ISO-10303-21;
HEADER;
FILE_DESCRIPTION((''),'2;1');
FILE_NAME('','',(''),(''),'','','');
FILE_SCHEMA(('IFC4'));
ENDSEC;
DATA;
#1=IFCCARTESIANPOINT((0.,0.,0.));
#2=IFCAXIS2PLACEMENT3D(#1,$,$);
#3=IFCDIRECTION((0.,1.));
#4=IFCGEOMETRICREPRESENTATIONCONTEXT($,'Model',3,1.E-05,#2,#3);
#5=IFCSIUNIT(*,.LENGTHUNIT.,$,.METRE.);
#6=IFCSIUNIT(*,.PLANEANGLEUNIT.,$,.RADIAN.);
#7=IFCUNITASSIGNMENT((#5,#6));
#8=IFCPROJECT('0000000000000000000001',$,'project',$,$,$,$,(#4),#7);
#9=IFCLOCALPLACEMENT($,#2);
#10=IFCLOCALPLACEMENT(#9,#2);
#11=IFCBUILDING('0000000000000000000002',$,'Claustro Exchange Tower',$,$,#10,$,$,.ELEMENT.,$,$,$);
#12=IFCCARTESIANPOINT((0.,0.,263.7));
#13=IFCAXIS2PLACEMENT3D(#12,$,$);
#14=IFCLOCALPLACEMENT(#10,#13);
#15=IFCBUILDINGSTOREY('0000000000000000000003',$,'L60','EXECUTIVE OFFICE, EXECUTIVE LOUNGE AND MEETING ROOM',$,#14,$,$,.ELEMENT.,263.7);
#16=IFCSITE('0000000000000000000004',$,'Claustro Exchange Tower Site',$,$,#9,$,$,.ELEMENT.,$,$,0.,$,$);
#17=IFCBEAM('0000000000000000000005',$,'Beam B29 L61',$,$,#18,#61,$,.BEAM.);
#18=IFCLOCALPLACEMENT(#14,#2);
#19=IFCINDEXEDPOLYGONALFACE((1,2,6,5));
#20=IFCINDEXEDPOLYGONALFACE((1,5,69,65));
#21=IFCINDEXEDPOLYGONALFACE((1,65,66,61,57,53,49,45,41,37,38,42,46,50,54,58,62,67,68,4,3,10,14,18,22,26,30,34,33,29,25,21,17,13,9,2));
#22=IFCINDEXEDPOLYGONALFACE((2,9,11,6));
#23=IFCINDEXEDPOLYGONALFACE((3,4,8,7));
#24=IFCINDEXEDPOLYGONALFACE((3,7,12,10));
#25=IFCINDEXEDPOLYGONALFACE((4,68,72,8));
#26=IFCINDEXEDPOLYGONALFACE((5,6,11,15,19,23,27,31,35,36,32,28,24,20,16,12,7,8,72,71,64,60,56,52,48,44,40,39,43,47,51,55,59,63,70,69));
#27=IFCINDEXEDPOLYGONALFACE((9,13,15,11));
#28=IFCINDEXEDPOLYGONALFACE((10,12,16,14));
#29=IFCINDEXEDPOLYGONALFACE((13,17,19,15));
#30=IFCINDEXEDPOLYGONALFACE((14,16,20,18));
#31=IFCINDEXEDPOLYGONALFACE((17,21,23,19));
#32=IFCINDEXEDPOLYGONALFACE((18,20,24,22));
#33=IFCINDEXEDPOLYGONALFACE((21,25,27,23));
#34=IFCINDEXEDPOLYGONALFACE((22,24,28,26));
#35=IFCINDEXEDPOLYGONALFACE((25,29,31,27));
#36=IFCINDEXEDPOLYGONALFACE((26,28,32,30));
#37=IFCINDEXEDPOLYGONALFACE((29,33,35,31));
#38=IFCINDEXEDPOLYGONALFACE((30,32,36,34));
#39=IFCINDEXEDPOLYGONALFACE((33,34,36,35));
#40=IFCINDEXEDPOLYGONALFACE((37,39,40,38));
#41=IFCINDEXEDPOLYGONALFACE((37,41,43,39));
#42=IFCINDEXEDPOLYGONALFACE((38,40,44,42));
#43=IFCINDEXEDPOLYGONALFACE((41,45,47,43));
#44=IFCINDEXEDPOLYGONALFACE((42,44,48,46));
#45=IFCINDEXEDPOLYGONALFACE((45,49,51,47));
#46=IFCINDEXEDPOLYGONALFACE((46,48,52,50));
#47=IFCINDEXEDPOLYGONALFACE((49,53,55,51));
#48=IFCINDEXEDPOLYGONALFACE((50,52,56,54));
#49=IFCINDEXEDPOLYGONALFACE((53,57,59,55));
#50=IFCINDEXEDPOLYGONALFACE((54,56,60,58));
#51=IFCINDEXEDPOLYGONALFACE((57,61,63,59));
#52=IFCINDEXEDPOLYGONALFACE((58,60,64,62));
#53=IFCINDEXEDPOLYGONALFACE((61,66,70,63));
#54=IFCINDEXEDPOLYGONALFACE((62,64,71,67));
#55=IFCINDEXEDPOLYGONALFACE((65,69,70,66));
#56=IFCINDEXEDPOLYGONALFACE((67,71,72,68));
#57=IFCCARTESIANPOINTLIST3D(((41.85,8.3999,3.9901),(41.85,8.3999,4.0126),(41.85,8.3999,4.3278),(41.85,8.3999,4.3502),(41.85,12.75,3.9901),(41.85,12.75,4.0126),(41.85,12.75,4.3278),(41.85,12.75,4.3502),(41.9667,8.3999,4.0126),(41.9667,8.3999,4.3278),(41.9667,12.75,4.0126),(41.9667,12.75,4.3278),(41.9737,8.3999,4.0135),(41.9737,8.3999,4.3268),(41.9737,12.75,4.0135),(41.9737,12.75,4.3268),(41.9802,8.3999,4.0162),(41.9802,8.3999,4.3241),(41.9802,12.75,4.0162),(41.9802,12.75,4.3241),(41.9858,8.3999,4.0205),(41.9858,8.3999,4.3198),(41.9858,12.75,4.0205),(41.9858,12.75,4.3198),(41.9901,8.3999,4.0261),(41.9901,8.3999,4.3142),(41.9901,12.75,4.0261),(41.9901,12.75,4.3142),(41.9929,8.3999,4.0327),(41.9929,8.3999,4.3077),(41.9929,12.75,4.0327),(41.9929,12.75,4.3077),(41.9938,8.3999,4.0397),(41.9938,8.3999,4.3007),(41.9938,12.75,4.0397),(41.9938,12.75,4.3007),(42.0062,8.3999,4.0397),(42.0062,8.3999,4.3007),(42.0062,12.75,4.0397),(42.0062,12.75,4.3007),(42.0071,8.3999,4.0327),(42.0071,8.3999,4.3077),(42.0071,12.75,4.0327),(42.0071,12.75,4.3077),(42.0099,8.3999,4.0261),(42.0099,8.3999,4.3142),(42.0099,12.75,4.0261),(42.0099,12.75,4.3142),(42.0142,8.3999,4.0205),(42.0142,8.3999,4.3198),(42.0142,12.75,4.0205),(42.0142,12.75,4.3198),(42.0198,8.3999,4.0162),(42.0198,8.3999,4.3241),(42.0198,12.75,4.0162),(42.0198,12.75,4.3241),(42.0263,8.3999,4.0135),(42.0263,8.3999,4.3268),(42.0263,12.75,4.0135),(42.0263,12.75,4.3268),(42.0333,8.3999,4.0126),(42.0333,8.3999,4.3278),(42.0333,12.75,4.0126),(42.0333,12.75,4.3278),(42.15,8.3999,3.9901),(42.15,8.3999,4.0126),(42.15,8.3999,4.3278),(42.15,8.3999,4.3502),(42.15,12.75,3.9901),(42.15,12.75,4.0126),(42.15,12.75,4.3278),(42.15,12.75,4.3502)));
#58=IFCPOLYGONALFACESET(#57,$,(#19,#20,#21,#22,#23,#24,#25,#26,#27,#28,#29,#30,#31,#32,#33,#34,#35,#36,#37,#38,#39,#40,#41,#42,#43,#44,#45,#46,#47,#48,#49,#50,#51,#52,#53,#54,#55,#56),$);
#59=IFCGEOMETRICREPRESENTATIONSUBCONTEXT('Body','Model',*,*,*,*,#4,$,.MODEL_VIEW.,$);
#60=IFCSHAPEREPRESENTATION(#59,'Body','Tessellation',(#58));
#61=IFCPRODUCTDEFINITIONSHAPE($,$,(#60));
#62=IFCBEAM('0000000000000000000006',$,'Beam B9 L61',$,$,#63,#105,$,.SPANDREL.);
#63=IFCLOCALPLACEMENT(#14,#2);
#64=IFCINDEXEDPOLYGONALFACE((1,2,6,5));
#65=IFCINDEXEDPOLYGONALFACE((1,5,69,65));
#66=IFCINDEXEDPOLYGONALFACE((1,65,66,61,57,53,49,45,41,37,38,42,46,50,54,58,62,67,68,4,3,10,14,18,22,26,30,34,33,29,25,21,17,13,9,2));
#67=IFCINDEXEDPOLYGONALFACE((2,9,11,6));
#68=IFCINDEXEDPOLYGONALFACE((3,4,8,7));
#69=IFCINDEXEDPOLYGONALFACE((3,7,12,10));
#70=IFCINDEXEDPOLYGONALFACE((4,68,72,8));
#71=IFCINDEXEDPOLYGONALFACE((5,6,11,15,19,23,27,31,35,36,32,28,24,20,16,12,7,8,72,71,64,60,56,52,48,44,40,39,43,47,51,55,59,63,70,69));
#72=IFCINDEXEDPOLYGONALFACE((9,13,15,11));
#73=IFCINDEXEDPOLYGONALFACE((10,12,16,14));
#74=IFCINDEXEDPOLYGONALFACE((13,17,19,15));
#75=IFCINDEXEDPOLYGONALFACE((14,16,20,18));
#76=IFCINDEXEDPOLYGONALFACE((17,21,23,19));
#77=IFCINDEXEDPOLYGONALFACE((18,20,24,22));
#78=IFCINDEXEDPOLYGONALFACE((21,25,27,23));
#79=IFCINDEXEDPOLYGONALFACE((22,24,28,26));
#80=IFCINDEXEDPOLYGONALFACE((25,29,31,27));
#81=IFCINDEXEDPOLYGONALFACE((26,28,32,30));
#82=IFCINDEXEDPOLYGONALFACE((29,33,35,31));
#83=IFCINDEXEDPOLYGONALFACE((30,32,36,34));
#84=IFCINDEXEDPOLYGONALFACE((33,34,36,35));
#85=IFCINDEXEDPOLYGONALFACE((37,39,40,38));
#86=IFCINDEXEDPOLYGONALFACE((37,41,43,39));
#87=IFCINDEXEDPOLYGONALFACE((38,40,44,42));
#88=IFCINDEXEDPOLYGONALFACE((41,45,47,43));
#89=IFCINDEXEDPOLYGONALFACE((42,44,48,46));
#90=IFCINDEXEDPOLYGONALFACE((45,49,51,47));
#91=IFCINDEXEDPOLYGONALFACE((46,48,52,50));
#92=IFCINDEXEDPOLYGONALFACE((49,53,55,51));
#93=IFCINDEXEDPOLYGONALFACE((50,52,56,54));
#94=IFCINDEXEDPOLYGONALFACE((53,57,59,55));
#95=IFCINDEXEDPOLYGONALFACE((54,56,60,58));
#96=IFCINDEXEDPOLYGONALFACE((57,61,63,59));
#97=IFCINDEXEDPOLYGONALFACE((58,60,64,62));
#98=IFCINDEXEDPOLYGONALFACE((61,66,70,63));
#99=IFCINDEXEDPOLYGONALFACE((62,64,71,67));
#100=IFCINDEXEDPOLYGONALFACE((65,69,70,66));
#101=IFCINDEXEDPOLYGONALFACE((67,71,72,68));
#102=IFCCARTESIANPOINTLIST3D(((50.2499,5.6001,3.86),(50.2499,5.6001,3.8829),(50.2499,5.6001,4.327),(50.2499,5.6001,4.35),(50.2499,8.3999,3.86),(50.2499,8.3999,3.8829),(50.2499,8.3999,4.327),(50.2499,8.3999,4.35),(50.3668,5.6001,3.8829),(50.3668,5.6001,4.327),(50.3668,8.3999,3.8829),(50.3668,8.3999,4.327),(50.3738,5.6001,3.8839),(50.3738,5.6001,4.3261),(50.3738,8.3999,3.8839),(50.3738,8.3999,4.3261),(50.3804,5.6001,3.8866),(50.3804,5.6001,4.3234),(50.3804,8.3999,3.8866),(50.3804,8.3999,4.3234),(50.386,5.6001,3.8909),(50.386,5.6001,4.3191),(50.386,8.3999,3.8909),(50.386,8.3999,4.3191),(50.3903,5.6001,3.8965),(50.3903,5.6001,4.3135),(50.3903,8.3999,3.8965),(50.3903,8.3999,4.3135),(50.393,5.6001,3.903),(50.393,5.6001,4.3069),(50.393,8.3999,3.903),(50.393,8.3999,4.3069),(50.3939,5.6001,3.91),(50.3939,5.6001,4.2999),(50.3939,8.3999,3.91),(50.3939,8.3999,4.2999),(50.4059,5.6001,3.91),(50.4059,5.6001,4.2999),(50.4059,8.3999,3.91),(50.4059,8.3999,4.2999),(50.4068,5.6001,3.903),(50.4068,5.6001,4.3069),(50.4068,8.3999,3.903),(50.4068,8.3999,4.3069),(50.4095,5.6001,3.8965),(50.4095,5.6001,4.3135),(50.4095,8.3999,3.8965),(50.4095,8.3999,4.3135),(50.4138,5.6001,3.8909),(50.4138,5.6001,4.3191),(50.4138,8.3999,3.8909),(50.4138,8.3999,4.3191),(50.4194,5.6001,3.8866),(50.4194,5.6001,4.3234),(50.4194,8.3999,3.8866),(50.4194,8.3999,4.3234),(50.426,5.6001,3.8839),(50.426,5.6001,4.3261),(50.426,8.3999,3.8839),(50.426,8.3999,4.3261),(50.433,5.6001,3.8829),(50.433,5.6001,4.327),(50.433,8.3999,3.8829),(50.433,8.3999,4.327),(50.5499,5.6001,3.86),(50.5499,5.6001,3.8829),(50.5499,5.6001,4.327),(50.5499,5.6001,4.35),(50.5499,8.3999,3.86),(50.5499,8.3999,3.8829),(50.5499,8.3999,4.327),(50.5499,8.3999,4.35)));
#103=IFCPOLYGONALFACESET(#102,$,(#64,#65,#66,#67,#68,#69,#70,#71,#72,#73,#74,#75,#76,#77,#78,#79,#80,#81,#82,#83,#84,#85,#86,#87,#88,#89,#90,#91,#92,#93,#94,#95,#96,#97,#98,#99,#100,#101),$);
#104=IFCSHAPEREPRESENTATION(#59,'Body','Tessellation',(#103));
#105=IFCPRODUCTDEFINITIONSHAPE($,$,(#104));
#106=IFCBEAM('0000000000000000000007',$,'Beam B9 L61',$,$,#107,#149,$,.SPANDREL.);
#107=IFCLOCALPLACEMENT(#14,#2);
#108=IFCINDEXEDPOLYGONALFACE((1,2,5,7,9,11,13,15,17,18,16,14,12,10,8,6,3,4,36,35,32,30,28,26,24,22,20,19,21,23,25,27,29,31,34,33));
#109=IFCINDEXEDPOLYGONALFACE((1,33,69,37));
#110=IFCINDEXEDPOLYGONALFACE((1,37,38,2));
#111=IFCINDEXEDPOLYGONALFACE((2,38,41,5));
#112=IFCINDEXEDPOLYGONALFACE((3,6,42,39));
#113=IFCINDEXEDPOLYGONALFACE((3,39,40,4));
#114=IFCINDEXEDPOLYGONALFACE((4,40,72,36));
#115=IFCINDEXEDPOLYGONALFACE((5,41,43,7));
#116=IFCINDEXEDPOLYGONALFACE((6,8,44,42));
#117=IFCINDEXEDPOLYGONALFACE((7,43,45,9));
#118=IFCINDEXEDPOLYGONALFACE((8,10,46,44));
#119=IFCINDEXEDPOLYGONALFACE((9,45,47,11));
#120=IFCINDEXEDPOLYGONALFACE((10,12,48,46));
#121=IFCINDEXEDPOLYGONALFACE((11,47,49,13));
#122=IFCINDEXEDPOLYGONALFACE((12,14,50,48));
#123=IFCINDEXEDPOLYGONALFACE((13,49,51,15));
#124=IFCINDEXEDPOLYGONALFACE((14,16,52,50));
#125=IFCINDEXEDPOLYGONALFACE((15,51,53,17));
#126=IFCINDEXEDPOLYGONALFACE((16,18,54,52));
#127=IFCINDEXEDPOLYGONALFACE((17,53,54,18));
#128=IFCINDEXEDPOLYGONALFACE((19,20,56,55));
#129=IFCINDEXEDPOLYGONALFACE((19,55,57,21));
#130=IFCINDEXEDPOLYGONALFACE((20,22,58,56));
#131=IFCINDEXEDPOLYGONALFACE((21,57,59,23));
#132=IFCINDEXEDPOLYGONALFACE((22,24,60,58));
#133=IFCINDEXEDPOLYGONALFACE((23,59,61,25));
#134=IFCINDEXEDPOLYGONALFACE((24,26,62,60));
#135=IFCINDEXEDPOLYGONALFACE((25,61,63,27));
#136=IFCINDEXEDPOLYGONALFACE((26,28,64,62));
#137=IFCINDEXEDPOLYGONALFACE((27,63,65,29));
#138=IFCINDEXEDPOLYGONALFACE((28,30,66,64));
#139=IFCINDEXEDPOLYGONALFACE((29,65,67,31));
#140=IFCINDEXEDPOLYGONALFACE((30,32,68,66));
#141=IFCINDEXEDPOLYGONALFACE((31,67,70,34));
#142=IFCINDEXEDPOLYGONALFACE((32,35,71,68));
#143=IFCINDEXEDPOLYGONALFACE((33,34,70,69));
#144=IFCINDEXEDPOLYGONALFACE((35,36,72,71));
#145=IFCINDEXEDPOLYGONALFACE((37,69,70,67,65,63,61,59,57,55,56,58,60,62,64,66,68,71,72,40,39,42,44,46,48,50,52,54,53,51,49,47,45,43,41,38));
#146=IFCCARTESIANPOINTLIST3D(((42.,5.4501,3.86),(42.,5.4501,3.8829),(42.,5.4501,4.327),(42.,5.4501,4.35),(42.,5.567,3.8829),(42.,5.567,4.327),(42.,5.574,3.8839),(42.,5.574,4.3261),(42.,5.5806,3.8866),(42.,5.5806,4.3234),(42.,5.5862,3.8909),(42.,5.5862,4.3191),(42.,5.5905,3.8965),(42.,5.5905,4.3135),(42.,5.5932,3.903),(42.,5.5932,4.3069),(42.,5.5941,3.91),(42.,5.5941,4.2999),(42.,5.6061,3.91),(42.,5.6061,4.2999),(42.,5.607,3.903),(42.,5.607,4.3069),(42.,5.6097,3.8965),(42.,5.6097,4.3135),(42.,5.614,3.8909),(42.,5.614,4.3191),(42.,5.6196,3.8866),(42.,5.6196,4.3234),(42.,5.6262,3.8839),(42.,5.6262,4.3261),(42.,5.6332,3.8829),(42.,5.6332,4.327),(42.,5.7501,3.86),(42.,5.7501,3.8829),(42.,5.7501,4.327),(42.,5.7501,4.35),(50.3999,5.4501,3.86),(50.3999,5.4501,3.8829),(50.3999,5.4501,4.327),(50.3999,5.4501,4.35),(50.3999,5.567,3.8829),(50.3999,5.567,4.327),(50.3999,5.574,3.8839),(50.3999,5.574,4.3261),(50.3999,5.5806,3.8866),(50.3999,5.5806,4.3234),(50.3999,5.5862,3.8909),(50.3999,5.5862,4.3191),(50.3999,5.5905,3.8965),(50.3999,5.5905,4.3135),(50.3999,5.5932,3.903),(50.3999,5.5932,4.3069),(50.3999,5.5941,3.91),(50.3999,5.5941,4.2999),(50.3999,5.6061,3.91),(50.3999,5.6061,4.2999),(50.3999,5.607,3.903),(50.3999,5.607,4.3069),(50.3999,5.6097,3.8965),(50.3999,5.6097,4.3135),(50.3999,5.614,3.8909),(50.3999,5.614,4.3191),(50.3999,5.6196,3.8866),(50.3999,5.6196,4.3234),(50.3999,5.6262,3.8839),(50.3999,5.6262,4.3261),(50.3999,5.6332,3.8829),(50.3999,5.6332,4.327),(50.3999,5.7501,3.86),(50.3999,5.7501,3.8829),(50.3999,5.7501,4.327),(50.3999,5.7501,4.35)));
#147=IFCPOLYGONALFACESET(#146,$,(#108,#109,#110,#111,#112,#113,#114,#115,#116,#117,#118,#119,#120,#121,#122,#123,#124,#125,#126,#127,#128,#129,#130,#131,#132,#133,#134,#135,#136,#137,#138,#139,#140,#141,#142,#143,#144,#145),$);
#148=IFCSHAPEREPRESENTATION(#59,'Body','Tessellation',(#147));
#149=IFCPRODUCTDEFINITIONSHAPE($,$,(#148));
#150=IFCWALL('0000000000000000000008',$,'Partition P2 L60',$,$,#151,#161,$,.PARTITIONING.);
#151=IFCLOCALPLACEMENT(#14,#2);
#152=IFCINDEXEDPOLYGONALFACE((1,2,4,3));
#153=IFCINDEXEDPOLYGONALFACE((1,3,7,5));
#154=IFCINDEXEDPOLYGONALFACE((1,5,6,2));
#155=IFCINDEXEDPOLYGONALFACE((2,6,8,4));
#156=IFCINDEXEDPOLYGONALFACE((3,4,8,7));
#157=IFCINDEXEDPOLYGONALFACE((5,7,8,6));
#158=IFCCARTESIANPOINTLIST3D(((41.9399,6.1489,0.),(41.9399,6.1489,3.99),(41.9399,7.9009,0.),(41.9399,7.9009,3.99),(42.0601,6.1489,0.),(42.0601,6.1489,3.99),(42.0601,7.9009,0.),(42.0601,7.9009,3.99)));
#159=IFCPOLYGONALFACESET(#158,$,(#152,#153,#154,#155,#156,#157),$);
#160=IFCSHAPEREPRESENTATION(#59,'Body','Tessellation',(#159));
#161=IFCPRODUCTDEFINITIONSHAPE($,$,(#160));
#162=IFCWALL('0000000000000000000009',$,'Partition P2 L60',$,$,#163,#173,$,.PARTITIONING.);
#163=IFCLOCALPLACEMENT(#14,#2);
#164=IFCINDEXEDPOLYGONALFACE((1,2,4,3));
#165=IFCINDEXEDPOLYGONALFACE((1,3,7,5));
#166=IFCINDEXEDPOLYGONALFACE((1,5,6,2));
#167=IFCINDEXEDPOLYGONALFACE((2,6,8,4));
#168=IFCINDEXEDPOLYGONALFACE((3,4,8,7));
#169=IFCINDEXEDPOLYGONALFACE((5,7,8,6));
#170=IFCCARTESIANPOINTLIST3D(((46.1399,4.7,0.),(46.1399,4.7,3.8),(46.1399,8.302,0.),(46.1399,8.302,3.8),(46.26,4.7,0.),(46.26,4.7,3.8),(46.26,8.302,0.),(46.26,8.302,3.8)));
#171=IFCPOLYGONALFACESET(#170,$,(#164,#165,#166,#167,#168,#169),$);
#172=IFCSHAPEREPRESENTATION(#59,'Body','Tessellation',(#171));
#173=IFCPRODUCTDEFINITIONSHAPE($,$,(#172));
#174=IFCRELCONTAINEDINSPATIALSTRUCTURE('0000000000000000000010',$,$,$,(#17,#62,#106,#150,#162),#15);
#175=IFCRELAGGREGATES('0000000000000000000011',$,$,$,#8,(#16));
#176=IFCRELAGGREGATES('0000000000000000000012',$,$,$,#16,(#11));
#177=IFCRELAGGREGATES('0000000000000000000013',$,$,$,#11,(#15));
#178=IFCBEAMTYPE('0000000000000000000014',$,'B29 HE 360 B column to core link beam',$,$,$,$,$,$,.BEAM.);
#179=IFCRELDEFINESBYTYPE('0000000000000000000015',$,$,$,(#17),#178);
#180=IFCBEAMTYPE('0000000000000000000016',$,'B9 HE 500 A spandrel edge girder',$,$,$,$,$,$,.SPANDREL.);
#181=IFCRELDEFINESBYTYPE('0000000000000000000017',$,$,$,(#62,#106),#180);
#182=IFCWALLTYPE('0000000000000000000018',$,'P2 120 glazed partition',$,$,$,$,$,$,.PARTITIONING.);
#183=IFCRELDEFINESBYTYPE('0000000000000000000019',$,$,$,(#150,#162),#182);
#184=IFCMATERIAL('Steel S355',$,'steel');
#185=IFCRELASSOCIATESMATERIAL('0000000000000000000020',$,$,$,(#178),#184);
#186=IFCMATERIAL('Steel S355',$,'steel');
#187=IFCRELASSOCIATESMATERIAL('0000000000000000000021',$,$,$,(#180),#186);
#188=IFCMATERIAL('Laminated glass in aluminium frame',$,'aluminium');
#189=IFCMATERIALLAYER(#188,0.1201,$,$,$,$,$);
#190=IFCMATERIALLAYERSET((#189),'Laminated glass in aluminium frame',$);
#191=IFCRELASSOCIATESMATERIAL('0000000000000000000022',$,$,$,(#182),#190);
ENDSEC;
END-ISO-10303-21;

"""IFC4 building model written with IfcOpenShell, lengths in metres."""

from ifc_helpers import new_model, si_unit, direction, frame, frame_2d, origin, origin_2d, place, context, subcontext, project, spatial, rectangle, i_section, extrude, material, layer, layer_set, material_profile, profile_set, type_object, element, save


model = new_model("IFC4")

# Units and contexts
model_context = context("Model", 3, precision=1e-05, world=origin(), true_north=direction((0.0, 1.0)))
body_context = subcontext(model_context, "Body", "Model", "MODEL_VIEW")
ifc_project = project(units=[si_unit("LENGTHUNIT", "METRE"), si_unit("PLANEANGLEUNIT", "RADIAN")], contexts=[model_context])

# Site, building, storey
site_placement = place(None, origin())
site = spatial("IfcSite", under=ifc_project, at=site_placement, Name="Claustro Exchange Tower Site", CompositionType="ELEMENT", RefElevation=0.0)
building_placement = place(site_placement, origin())
building = spatial("IfcBuilding", under=site, at=building_placement, Name="Claustro Exchange Tower", CompositionType="ELEMENT")
storey_placement = place(building_placement, frame((0.0, 0.0, 263.7)))
storey = spatial("IfcBuildingStorey", under=building, at=storey_placement, Name="L60", Description="EXECUTIVE OFFICE, EXECUTIVE LOUNGE AND MEETING ROOM", CompositionType="ELEMENT", Elevation=263.7)

# Beams
ifc_material_1 = material(Name="Steel S355", Category="steel")
ifc_material_profile_1 = material_profile(ifc_material_1, i_section(OverallWidth=0.3, OverallDepth=0.3601, WebThickness=0.0125, FlangeThickness=0.0225, FilletRadius=0.0271, at=origin_2d()), Name="HE 360 B")
ifc_profile_set_1 = profile_set([ifc_material_profile_1], Name="Steel S355")
beam_type_1 = type_object("IfcBeamType", Name="B29 HE 360 B column to core link beam", PredefinedType="BEAM", material=ifc_profile_set_1)
beam_1_placement = place(storey_placement, frame((42.0, 8.3999, 4.1702), z_axis=(0.0, 1.0, 0.0), x_axis=(-1.0, 0.0, 0.0)))
element("IfcBeam", 1, at=beam_1_placement, inside=storey, type_object=beam_type_1, Name="Beam B29 L61", PredefinedType="BEAM", context=body_context, shape_type="SweptSolid", body=[
    extrude(i_section(OverallWidth=0.3, OverallDepth=0.3601, WebThickness=0.0125, FlangeThickness=0.0225, FilletRadius=0.0271, at=origin_2d()), origin(), (0.0, 0.0, 1.0), 4.3501),
])
ifc_material_2 = material(Name="Steel S355", Category="steel")
ifc_material_profile_2 = material_profile(ifc_material_2, i_section(OverallWidth=0.3, OverallDepth=0.49, WebThickness=0.012, FlangeThickness=0.0229, FilletRadius=0.0271, at=origin_2d()), Name="HE 500 A")
ifc_profile_set_2 = profile_set([ifc_material_profile_2], Name="Steel S355")
beam_type_2 = type_object("IfcBeamType", Name="B9 HE 500 A spandrel edge girder", PredefinedType="SPANDREL", material=ifc_profile_set_2)
beam_2_placement = place(storey_placement, frame((50.3999, 5.6001, 4.105), z_axis=(0.0, 1.0, 0.0), x_axis=(-1.0, 0.0, 0.0)))
element("IfcBeam", 2, at=beam_2_placement, inside=storey, type_object=beam_type_2, Name="Beam B9 L61", PredefinedType="SPANDREL", context=body_context, shape_type="SweptSolid", body=[
    extrude(i_section(OverallWidth=0.3, OverallDepth=0.49, WebThickness=0.012, FlangeThickness=0.0229, FilletRadius=0.0271, at=origin_2d()), origin(), (0.0, 0.0, 1.0), 2.7998),
])
beam_3_placement = place(storey_placement, frame((42.0, 5.6001, 4.105), z_axis=(1.0, 0.0, 0.0), x_axis=(0.0, 1.0, 0.0)))
element("IfcBeam", 3, at=beam_3_placement, inside=storey, type_object=beam_type_2, Name="Beam B9 L61", PredefinedType="SPANDREL", context=body_context, shape_type="SweptSolid", body=[
    extrude(i_section(OverallWidth=0.3, OverallDepth=0.49, WebThickness=0.012, FlangeThickness=0.0229, FilletRadius=0.0271, at=origin_2d()), origin(), (0.0, 0.0, 1.0), 8.3999),
])

# Walls
ifc_material_3 = material(Name="Laminated glass in aluminium frame", Category="aluminium")
ifc_layer_1 = layer(ifc_material_3, 0.1201)
ifc_layer_set_1 = layer_set([ifc_layer_1], Name="Laminated glass in aluminium frame")
wall_type_1 = type_object("IfcWallType", Name="P2 120 glazed partition", PredefinedType="PARTITIONING", material=ifc_layer_set_1)
wall_1_placement = place(storey_placement, frame((42.0, 6.1489, 0.0), z_axis=(0.0, 0.0, 1.0), x_axis=(0.0, 1.0, 0.0)))
element("IfcWall", 4, at=wall_1_placement, inside=storey, type_object=wall_type_1, Name="Partition P2 L60", PredefinedType="PARTITIONING", context=body_context, shape_type="SweptSolid", body=[
    extrude(rectangle(XDim=1.752, YDim=0.1201, at=frame_2d((0.876, 0.0))), origin(), (0.0, 0.0, 1.0), 3.99),
])
wall_2_placement = place(storey_placement, frame((46.2, 4.7, 0.0), z_axis=(0.0, 0.0, 1.0), x_axis=(0.0, 1.0, 0.0)))
element("IfcWall", 5, at=wall_2_placement, inside=storey, type_object=wall_type_1, Name="Partition P2 L60", PredefinedType="PARTITIONING", context=body_context, shape_type="SweptSolid", body=[
    extrude(rectangle(XDim=3.6021, YDim=0.1201, at=frame_2d((1.801, 0.0))), origin(), (0.0, 0.0, 1.0), 3.8),
])

save(model, "model.ifc")
